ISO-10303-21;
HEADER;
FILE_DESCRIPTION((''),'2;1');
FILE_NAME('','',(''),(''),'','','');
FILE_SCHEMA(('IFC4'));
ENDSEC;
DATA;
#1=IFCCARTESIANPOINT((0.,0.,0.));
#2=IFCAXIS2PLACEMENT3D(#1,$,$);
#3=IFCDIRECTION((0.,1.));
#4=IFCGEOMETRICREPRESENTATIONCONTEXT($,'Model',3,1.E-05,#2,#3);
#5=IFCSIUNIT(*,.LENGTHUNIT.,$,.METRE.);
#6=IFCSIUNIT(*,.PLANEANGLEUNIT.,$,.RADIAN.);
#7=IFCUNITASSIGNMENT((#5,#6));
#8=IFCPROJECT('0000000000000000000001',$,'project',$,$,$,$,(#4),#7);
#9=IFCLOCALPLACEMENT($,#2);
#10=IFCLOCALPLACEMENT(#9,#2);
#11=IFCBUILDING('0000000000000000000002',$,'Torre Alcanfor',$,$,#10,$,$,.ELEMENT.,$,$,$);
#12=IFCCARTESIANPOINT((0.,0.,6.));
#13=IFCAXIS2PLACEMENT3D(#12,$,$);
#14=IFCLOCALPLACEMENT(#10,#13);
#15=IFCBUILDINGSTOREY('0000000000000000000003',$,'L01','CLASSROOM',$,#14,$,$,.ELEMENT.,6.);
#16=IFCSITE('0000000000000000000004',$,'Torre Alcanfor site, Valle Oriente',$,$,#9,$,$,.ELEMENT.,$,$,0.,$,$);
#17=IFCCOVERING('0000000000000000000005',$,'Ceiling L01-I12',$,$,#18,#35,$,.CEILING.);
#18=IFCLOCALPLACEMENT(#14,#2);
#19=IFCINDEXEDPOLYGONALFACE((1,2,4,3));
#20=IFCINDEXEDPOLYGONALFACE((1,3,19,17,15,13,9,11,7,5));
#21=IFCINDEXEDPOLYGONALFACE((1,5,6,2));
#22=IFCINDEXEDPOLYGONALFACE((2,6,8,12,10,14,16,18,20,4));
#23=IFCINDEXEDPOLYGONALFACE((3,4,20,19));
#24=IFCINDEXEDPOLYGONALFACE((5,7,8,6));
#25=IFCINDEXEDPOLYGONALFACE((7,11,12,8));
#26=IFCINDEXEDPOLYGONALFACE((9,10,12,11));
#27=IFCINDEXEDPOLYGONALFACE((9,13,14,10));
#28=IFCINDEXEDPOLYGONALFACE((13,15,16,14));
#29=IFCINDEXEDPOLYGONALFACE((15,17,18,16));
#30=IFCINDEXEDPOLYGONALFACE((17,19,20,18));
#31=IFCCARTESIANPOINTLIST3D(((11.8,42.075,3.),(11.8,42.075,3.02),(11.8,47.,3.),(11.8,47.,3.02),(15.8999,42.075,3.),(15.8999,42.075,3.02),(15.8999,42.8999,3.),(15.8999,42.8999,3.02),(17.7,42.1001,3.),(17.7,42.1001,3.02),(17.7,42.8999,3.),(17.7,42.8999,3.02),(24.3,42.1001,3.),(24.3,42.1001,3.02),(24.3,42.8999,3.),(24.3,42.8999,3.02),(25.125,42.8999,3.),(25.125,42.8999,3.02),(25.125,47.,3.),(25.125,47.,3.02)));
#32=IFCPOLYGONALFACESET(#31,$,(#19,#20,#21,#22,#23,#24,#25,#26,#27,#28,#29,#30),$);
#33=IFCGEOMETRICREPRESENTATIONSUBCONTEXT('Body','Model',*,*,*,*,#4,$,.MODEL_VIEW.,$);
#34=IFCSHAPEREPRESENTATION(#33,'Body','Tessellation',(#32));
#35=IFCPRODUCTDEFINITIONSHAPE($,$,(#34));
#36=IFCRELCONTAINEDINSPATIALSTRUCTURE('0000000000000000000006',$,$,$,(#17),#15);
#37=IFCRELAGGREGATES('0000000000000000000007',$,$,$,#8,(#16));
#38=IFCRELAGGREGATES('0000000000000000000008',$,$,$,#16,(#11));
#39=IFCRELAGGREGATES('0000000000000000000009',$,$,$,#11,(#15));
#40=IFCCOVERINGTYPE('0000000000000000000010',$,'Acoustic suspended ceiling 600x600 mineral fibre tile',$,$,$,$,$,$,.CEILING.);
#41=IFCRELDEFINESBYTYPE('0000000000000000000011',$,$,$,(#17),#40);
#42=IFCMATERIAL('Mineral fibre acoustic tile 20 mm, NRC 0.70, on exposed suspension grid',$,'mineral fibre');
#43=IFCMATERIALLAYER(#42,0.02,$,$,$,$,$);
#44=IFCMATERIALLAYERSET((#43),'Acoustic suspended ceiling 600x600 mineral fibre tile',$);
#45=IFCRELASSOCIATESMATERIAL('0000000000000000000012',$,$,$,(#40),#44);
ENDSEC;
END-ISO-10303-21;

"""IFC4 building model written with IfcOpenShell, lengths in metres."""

from ifc_helpers import new_model, si_unit, direction, frame, origin, place, context, subcontext, project, spatial, polyline, outline, extrude, material, layer, layer_set, type_object, element, save


model = new_model("IFC4")

# Units and contexts
model_context = context("Model", 3, precision=1e-05, world=origin(), true_north=direction((0.0, 1.0)))
body_context = subcontext(model_context, "Body", "Model", "MODEL_VIEW")
ifc_project = project(units=[si_unit("LENGTHUNIT", "METRE"), si_unit("PLANEANGLEUNIT", "RADIAN")], contexts=[model_context])

# Site, building, storey
site_placement = place(None, origin())
site = spatial("IfcSite", under=ifc_project, at=site_placement, Name="Torre Alcanfor site, Valle Oriente", CompositionType="ELEMENT", RefElevation=0.0)
building_placement = place(site_placement, origin())
building = spatial("IfcBuilding", under=site, at=building_placement, Name="Torre Alcanfor", CompositionType="ELEMENT")
storey_placement = place(building_placement, frame((0.0, 0.0, 6.0)))
storey = spatial("IfcBuildingStorey", under=building, at=storey_placement, Name="L01", Description="CLASSROOM", CompositionType="ELEMENT", Elevation=6.0)

# Covering
ifc_material_1 = material(Name="Mineral fibre acoustic tile 20 mm, NRC 0.70, on exposed suspension grid", Category="mineral fibre")
ifc_layer_1 = layer(ifc_material_1, 0.02)
ifc_layer_set_1 = layer_set([ifc_layer_1], Name="Acoustic suspended ceiling 600x600 mineral fibre tile")
covering_type = type_object("IfcCoveringType", Name="Acoustic suspended ceiling 600x600 mineral fibre tile", PredefinedType="CEILING", material=ifc_layer_set_1)
covering_1_placement = place(storey_placement, frame((0.0, 0.0, 3.0)))
element("IfcCovering", 1, at=covering_1_placement, inside=storey, type_object=covering_type, Name="Ceiling L01-I12", PredefinedType="CEILING", context=body_context, shape_type="SweptSolid", body=[
    extrude(outline(polyline([(24.3, 42.1001), (24.3, 42.8999), (25.125, 42.8999), (25.125, 47.0), (11.8, 47.0), (11.8, 42.075), (15.8999, 42.075), (15.8999, 42.8999), (17.7, 42.8999), (17.7, 42.1001), (24.3, 42.1001)])), origin(), (0.0, 0.0, 1.0), 0.02),
])

save(model, "model.ifc")
